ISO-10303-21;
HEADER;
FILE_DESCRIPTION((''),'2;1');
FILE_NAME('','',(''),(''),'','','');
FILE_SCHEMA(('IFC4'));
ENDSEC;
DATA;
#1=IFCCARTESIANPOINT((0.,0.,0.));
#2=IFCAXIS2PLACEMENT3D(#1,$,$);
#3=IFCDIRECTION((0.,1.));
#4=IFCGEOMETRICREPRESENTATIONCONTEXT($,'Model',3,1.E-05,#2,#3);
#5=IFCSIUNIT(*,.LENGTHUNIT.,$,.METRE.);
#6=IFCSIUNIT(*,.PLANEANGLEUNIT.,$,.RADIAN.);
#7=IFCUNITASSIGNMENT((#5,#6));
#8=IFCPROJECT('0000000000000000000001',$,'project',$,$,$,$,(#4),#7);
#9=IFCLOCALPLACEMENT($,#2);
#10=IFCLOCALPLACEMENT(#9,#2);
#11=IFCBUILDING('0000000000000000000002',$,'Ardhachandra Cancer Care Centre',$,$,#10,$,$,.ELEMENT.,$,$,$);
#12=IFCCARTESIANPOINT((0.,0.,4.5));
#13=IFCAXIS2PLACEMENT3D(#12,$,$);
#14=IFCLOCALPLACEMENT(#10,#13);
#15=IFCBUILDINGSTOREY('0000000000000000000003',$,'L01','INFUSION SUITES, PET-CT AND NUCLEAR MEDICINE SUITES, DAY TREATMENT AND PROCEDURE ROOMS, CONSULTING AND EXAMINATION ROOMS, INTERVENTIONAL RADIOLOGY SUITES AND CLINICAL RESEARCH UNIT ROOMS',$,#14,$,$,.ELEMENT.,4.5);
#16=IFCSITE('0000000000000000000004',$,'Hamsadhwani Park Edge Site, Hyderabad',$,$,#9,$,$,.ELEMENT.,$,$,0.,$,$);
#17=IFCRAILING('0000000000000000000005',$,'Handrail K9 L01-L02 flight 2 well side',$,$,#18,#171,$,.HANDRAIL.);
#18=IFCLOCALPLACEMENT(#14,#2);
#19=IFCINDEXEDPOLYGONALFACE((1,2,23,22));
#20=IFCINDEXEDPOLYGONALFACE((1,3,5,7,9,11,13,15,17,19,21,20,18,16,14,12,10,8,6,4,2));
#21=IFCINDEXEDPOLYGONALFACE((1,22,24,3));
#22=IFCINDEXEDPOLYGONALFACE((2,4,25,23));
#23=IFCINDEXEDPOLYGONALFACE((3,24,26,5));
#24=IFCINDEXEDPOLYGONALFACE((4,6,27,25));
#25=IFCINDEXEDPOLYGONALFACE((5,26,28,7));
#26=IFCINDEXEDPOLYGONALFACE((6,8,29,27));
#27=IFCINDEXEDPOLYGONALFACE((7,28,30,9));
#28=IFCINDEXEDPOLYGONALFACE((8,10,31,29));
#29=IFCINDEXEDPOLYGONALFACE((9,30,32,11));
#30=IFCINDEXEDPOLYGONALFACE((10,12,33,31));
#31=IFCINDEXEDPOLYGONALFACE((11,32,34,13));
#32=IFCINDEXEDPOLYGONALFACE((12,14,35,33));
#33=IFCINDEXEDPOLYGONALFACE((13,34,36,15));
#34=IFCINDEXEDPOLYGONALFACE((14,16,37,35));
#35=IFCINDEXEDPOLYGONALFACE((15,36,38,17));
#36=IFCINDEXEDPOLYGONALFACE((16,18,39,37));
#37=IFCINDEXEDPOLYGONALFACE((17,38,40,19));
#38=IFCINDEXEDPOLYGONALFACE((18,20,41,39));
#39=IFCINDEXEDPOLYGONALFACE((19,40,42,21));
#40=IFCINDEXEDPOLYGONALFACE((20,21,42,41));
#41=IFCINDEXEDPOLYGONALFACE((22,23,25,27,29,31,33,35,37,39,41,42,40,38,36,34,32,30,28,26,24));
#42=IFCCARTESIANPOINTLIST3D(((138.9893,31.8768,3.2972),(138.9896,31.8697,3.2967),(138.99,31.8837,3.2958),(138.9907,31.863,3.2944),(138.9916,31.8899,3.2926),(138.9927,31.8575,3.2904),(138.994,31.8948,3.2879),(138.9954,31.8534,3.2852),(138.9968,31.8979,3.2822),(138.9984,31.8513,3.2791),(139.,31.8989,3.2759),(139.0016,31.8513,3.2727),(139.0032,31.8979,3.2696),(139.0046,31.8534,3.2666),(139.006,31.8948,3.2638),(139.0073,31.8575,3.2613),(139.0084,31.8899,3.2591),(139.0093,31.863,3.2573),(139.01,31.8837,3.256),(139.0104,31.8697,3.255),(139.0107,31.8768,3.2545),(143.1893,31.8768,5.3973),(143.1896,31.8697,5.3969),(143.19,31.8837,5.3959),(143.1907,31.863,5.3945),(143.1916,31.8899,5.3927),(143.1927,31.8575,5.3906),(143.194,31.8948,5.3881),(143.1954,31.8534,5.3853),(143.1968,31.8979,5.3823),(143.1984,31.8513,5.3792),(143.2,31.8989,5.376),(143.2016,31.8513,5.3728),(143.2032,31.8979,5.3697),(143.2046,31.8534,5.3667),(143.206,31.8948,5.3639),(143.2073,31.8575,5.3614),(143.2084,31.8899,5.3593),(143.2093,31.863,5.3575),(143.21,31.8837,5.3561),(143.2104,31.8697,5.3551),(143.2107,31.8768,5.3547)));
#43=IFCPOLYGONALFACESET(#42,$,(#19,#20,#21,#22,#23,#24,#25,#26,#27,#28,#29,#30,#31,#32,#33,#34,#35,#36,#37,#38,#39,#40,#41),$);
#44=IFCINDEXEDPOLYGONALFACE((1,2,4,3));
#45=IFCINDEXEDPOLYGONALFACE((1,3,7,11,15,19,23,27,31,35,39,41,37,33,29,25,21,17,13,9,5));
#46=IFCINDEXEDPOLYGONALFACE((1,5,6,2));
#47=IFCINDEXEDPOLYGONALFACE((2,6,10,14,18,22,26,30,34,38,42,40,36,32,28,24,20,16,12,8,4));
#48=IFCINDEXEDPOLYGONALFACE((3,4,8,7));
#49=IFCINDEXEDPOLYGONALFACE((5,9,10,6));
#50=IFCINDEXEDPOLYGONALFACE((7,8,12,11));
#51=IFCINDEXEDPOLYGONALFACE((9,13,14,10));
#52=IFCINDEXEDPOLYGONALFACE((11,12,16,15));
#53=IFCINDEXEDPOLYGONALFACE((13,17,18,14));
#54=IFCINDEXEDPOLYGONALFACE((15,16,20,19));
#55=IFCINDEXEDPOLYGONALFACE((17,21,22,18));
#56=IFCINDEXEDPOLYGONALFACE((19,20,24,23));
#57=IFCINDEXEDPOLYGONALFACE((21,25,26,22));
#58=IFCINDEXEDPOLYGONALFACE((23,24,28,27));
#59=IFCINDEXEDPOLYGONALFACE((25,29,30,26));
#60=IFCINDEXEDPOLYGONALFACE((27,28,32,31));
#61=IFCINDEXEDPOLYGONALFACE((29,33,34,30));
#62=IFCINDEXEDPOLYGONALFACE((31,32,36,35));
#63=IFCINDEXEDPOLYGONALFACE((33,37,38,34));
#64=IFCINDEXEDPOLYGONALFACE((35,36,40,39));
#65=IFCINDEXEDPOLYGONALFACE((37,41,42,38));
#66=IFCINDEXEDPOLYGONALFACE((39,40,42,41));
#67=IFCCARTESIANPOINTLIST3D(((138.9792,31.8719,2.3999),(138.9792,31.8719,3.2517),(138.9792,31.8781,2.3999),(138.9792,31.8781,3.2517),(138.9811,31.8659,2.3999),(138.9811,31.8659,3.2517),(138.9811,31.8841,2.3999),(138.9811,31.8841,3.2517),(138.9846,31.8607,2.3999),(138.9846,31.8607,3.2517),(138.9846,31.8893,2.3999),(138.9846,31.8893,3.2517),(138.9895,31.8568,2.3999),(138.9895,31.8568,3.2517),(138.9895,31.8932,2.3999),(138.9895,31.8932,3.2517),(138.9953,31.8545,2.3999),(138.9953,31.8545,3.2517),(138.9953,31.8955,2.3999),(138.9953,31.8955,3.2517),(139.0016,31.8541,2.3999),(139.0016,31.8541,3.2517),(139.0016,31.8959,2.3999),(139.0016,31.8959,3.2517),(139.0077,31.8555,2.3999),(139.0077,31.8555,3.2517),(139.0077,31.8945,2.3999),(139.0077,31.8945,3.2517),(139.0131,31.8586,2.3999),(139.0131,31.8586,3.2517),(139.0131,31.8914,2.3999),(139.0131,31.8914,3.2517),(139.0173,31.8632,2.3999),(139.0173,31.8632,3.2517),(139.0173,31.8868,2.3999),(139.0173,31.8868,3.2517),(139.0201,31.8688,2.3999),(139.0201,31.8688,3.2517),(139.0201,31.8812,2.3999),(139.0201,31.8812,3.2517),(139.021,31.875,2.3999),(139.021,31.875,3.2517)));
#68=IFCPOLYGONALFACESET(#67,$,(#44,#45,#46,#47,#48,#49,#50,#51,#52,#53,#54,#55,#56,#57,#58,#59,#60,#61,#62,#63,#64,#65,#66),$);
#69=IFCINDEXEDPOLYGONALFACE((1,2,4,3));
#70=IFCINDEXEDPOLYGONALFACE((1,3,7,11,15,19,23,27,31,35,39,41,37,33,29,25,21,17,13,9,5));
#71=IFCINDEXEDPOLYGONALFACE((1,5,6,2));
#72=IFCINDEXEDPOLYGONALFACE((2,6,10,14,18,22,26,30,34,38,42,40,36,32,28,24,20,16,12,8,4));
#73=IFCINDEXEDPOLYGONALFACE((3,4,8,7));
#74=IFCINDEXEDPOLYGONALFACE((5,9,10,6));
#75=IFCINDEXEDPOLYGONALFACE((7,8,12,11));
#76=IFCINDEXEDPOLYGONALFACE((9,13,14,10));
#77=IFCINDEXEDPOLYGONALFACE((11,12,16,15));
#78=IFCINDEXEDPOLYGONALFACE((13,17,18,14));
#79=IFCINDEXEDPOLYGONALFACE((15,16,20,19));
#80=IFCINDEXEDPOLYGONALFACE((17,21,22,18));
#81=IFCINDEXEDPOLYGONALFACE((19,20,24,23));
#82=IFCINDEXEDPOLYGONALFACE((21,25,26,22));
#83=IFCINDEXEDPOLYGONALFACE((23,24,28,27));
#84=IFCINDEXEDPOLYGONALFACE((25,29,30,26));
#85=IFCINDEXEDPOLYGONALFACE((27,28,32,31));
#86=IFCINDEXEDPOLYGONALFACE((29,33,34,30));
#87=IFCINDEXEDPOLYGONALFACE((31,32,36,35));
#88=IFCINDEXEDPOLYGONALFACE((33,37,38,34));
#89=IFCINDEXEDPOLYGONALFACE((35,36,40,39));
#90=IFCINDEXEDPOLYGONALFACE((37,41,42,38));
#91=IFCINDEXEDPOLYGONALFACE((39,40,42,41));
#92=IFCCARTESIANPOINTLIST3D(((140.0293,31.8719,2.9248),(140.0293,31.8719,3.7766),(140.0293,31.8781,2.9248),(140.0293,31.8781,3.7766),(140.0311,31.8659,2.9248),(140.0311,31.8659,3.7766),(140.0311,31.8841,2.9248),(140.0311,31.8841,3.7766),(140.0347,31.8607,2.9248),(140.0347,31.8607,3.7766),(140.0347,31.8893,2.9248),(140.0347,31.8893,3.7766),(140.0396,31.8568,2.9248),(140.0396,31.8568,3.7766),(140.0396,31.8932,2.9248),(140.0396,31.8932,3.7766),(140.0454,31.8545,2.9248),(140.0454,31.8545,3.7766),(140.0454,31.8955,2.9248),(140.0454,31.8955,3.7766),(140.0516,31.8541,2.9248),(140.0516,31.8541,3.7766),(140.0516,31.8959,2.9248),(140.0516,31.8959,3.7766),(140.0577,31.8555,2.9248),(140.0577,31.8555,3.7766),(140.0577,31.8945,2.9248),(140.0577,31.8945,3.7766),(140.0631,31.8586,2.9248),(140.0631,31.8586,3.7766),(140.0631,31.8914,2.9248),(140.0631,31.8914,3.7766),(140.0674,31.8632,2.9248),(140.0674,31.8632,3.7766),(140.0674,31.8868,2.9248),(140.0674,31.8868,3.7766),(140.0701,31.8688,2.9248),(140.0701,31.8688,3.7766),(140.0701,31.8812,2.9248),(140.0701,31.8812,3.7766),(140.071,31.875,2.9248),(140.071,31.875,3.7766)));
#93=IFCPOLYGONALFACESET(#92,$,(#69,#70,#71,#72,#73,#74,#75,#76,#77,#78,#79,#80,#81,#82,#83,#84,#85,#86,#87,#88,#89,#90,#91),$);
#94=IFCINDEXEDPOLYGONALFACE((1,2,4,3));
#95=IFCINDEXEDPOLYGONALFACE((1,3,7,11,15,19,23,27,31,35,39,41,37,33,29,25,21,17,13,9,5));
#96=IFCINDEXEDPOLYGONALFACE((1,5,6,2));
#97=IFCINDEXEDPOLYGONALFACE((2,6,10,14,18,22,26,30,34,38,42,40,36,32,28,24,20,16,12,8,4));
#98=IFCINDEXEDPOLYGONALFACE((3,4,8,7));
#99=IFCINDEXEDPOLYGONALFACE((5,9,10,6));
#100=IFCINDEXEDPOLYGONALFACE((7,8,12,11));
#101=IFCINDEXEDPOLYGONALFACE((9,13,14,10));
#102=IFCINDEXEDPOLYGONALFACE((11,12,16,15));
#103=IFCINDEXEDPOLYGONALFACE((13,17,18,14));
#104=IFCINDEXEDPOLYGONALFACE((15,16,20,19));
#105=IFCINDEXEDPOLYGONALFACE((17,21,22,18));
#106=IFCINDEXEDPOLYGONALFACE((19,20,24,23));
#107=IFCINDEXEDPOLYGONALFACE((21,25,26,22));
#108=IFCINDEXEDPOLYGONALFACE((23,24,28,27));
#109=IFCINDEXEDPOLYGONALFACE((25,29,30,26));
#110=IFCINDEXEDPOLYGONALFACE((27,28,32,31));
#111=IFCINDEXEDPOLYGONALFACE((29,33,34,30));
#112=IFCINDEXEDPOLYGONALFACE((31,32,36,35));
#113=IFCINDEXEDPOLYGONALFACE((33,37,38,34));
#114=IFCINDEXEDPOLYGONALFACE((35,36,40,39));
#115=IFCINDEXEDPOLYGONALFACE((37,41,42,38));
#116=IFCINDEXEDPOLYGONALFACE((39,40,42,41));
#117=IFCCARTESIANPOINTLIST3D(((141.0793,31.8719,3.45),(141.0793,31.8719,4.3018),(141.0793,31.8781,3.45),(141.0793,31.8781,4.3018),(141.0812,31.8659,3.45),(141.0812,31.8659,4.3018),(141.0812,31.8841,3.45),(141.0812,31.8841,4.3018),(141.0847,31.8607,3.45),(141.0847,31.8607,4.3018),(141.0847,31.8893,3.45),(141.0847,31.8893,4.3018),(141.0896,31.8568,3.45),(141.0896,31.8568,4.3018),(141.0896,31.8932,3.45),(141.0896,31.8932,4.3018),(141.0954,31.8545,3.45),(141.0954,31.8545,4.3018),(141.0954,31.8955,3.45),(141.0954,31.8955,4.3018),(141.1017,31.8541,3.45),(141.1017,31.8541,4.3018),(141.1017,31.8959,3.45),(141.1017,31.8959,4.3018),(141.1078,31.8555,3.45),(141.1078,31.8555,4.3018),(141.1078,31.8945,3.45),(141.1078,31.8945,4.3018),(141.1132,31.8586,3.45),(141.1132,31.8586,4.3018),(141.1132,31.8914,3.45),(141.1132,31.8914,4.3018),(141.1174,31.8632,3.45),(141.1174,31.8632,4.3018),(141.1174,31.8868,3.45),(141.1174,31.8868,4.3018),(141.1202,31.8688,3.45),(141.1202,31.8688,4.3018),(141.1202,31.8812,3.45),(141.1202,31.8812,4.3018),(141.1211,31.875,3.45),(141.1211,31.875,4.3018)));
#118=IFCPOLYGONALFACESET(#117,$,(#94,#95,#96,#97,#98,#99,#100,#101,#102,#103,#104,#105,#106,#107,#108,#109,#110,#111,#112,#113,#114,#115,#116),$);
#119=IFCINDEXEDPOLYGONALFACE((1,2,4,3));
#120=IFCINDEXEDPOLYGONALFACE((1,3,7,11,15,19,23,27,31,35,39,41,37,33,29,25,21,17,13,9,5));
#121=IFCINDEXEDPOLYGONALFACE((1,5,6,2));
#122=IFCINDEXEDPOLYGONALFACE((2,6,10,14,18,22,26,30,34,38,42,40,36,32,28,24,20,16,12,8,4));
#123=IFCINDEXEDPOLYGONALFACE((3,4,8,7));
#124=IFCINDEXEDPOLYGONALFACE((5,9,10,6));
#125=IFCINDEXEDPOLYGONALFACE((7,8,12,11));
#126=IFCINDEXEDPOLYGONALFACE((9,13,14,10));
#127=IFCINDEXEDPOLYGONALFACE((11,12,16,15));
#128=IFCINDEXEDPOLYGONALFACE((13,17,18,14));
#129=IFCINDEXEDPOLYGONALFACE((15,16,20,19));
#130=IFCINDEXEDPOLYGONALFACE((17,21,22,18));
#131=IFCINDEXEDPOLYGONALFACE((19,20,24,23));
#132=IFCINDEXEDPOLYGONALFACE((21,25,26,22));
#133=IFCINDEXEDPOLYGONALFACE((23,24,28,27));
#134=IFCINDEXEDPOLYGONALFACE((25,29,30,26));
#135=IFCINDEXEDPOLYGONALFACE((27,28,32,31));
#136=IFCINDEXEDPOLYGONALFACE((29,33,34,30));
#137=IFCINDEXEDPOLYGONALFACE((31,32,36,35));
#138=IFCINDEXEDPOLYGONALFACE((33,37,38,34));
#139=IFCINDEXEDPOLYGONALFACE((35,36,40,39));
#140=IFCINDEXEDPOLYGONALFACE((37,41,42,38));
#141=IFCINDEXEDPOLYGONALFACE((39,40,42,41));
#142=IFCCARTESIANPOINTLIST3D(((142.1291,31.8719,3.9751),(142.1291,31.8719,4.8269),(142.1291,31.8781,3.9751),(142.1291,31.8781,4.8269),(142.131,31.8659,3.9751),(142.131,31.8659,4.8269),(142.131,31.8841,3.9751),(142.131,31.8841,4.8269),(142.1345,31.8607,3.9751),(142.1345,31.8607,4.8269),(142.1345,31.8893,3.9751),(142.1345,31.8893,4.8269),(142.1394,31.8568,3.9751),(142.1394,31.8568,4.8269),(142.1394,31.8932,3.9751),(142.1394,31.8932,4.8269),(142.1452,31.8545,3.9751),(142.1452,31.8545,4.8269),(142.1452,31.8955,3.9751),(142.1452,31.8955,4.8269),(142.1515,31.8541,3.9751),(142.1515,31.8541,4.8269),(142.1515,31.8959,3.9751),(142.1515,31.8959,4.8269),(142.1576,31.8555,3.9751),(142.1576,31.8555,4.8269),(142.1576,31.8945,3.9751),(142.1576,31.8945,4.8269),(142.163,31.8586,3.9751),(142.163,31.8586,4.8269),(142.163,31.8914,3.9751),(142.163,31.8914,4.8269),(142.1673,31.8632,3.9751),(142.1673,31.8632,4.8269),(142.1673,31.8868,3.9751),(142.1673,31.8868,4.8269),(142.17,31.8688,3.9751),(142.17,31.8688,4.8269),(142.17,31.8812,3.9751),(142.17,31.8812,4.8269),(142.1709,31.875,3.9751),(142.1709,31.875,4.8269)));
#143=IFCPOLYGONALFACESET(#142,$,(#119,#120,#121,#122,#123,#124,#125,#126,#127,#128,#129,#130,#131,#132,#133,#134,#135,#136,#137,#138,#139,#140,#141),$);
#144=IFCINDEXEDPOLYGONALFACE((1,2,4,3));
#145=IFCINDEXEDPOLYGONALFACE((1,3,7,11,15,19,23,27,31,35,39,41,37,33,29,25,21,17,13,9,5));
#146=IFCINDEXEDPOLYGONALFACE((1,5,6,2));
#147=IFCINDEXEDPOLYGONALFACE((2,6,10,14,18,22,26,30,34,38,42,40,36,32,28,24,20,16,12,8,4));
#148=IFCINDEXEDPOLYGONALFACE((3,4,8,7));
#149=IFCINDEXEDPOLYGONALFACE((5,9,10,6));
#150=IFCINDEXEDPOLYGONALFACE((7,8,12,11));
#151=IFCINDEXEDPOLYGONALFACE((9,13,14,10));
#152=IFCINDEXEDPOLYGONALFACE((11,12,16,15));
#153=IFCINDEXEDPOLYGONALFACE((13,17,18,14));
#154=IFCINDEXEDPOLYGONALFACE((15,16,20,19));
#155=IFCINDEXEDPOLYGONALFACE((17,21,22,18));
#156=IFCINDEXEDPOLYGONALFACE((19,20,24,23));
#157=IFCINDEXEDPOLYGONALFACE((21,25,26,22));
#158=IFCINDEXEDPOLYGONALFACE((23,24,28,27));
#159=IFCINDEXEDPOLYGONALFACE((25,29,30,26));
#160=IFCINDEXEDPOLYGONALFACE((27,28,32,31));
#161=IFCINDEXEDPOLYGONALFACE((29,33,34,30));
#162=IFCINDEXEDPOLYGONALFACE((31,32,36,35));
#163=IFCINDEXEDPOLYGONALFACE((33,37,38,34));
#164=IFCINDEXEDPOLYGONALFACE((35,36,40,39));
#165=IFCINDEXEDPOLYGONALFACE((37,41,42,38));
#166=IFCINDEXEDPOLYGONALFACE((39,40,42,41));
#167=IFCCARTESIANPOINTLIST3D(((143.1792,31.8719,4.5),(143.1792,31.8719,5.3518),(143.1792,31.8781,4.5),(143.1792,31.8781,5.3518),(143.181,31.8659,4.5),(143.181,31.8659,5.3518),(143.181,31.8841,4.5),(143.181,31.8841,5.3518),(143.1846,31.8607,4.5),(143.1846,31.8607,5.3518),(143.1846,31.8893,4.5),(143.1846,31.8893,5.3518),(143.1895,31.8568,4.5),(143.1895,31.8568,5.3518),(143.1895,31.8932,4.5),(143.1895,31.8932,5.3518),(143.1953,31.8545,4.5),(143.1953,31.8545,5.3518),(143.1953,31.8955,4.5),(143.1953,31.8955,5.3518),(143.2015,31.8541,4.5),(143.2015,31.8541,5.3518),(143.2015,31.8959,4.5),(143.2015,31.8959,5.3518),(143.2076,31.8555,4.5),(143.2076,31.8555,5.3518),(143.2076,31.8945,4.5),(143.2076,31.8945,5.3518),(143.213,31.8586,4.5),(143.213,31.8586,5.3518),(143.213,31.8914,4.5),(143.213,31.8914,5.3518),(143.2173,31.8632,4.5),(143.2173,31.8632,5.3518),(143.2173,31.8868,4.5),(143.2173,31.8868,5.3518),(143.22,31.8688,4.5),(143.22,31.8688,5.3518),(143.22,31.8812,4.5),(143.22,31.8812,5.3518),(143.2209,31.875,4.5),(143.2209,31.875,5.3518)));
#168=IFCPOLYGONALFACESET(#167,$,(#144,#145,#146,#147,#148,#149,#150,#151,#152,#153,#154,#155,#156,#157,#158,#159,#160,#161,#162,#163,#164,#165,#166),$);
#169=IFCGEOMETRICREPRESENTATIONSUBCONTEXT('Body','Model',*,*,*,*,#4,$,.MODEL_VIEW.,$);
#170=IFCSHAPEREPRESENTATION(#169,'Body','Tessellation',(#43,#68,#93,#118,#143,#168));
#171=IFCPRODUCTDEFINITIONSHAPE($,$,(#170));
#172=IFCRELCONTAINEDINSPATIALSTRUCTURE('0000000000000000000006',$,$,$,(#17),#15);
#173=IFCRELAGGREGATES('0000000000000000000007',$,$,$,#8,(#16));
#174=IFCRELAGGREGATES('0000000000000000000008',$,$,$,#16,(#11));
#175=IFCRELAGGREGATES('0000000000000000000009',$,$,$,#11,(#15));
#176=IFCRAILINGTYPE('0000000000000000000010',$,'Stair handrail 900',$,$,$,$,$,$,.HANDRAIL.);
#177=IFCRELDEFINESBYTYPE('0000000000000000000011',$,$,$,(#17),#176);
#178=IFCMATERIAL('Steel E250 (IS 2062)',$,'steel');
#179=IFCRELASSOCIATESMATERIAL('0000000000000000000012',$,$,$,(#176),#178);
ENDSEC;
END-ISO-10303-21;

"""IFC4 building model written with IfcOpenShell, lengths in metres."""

from ifc_helpers import new_model, si_unit, direction, frame, origin, origin_2d, place, context, subcontext, project, spatial, circle, extrude, material, type_object, element, save


model = new_model("IFC4")

# Units and contexts
model_context = context("Model", 3, precision=1e-05, world=origin(), true_north=direction((0.0, 1.0)))
body_context = subcontext(model_context, "Body", "Model", "MODEL_VIEW")
ifc_project = project(units=[si_unit("LENGTHUNIT", "METRE"), si_unit("PLANEANGLEUNIT", "RADIAN")], contexts=[model_context])

# Site, building, storey
site_placement = place(None, origin())
site = spatial("IfcSite", under=ifc_project, at=site_placement, Name="Hamsadhwani Park Edge Site, Hyderabad", CompositionType="ELEMENT", RefElevation=0.0)
building_placement = place(site_placement, origin())
building = spatial("IfcBuilding", under=site, at=building_placement, Name="Ardhachandra Cancer Care Centre", CompositionType="ELEMENT")
storey_placement = place(building_placement, frame((0.0, 0.0, 4.5)))
storey = spatial("IfcBuildingStorey", under=building, at=storey_placement, Name="L01", Description="INFUSION SUITES, PET-CT AND NUCLEAR MEDICINE SUITES, DAY TREATMENT AND PROCEDURE ROOMS, CONSULTING AND EXAMINATION ROOMS, INTERVENTIONAL RADIOLOGY SUITES AND CLINICAL RESEARCH UNIT ROOMS", CompositionType="ELEMENT", Elevation=4.5)

# Railing
ifc_material_1 = material(Name="Steel E250 (IS 2062)", Category="steel")
railing_type = type_object("IfcRailingType", Name="Stair handrail 900", PredefinedType="HANDRAIL", material=ifc_material_1)
for number, where, name in (
    (1, (139.0, 31.875, 2.3999), "Handrail K9 L01-L02 flight 2 well side"),
):
    element("IfcRailing", number, at=place(storey_placement, frame(where)), inside=storey, type_object=railing_type, Name=name, PredefinedType="HANDRAIL", context=body_context, shape_type="SweptSolid", body=[
        extrude(circle(Radius=0.0239, at=origin_2d()), frame((0.0, 0.0, 0.876), z_axis=(0.894417, 0.0, 0.447234), x_axis=(0.0, 1.0, 0.0)), (0.0, 0.0, 1.0), 4.6958),
        extrude(circle(Radius=0.021, at=origin_2d()), origin(), (0.0, 0.0, 1.0), 0.8518),
        extrude(circle(Radius=0.021, at=origin_2d()), frame((1.05, 0.0, 0.5249)), (0.0, 0.0, 1.0), 0.8518),
        extrude(circle(Radius=0.021, at=origin_2d()), frame((2.1001, 0.0, 1.05)), (0.0, 0.0, 1.0), 0.8518),
        extrude(circle(Radius=0.021, at=origin_2d()), frame((3.1499, 0.0, 1.5752)), (0.0, 0.0, 1.0), 0.8518),
        extrude(circle(Radius=0.021, at=origin_2d()), frame((4.2, 0.0, 2.1001)), (0.0, 0.0, 1.0), 0.8518),
    ])

save(model, "model.ifc")
